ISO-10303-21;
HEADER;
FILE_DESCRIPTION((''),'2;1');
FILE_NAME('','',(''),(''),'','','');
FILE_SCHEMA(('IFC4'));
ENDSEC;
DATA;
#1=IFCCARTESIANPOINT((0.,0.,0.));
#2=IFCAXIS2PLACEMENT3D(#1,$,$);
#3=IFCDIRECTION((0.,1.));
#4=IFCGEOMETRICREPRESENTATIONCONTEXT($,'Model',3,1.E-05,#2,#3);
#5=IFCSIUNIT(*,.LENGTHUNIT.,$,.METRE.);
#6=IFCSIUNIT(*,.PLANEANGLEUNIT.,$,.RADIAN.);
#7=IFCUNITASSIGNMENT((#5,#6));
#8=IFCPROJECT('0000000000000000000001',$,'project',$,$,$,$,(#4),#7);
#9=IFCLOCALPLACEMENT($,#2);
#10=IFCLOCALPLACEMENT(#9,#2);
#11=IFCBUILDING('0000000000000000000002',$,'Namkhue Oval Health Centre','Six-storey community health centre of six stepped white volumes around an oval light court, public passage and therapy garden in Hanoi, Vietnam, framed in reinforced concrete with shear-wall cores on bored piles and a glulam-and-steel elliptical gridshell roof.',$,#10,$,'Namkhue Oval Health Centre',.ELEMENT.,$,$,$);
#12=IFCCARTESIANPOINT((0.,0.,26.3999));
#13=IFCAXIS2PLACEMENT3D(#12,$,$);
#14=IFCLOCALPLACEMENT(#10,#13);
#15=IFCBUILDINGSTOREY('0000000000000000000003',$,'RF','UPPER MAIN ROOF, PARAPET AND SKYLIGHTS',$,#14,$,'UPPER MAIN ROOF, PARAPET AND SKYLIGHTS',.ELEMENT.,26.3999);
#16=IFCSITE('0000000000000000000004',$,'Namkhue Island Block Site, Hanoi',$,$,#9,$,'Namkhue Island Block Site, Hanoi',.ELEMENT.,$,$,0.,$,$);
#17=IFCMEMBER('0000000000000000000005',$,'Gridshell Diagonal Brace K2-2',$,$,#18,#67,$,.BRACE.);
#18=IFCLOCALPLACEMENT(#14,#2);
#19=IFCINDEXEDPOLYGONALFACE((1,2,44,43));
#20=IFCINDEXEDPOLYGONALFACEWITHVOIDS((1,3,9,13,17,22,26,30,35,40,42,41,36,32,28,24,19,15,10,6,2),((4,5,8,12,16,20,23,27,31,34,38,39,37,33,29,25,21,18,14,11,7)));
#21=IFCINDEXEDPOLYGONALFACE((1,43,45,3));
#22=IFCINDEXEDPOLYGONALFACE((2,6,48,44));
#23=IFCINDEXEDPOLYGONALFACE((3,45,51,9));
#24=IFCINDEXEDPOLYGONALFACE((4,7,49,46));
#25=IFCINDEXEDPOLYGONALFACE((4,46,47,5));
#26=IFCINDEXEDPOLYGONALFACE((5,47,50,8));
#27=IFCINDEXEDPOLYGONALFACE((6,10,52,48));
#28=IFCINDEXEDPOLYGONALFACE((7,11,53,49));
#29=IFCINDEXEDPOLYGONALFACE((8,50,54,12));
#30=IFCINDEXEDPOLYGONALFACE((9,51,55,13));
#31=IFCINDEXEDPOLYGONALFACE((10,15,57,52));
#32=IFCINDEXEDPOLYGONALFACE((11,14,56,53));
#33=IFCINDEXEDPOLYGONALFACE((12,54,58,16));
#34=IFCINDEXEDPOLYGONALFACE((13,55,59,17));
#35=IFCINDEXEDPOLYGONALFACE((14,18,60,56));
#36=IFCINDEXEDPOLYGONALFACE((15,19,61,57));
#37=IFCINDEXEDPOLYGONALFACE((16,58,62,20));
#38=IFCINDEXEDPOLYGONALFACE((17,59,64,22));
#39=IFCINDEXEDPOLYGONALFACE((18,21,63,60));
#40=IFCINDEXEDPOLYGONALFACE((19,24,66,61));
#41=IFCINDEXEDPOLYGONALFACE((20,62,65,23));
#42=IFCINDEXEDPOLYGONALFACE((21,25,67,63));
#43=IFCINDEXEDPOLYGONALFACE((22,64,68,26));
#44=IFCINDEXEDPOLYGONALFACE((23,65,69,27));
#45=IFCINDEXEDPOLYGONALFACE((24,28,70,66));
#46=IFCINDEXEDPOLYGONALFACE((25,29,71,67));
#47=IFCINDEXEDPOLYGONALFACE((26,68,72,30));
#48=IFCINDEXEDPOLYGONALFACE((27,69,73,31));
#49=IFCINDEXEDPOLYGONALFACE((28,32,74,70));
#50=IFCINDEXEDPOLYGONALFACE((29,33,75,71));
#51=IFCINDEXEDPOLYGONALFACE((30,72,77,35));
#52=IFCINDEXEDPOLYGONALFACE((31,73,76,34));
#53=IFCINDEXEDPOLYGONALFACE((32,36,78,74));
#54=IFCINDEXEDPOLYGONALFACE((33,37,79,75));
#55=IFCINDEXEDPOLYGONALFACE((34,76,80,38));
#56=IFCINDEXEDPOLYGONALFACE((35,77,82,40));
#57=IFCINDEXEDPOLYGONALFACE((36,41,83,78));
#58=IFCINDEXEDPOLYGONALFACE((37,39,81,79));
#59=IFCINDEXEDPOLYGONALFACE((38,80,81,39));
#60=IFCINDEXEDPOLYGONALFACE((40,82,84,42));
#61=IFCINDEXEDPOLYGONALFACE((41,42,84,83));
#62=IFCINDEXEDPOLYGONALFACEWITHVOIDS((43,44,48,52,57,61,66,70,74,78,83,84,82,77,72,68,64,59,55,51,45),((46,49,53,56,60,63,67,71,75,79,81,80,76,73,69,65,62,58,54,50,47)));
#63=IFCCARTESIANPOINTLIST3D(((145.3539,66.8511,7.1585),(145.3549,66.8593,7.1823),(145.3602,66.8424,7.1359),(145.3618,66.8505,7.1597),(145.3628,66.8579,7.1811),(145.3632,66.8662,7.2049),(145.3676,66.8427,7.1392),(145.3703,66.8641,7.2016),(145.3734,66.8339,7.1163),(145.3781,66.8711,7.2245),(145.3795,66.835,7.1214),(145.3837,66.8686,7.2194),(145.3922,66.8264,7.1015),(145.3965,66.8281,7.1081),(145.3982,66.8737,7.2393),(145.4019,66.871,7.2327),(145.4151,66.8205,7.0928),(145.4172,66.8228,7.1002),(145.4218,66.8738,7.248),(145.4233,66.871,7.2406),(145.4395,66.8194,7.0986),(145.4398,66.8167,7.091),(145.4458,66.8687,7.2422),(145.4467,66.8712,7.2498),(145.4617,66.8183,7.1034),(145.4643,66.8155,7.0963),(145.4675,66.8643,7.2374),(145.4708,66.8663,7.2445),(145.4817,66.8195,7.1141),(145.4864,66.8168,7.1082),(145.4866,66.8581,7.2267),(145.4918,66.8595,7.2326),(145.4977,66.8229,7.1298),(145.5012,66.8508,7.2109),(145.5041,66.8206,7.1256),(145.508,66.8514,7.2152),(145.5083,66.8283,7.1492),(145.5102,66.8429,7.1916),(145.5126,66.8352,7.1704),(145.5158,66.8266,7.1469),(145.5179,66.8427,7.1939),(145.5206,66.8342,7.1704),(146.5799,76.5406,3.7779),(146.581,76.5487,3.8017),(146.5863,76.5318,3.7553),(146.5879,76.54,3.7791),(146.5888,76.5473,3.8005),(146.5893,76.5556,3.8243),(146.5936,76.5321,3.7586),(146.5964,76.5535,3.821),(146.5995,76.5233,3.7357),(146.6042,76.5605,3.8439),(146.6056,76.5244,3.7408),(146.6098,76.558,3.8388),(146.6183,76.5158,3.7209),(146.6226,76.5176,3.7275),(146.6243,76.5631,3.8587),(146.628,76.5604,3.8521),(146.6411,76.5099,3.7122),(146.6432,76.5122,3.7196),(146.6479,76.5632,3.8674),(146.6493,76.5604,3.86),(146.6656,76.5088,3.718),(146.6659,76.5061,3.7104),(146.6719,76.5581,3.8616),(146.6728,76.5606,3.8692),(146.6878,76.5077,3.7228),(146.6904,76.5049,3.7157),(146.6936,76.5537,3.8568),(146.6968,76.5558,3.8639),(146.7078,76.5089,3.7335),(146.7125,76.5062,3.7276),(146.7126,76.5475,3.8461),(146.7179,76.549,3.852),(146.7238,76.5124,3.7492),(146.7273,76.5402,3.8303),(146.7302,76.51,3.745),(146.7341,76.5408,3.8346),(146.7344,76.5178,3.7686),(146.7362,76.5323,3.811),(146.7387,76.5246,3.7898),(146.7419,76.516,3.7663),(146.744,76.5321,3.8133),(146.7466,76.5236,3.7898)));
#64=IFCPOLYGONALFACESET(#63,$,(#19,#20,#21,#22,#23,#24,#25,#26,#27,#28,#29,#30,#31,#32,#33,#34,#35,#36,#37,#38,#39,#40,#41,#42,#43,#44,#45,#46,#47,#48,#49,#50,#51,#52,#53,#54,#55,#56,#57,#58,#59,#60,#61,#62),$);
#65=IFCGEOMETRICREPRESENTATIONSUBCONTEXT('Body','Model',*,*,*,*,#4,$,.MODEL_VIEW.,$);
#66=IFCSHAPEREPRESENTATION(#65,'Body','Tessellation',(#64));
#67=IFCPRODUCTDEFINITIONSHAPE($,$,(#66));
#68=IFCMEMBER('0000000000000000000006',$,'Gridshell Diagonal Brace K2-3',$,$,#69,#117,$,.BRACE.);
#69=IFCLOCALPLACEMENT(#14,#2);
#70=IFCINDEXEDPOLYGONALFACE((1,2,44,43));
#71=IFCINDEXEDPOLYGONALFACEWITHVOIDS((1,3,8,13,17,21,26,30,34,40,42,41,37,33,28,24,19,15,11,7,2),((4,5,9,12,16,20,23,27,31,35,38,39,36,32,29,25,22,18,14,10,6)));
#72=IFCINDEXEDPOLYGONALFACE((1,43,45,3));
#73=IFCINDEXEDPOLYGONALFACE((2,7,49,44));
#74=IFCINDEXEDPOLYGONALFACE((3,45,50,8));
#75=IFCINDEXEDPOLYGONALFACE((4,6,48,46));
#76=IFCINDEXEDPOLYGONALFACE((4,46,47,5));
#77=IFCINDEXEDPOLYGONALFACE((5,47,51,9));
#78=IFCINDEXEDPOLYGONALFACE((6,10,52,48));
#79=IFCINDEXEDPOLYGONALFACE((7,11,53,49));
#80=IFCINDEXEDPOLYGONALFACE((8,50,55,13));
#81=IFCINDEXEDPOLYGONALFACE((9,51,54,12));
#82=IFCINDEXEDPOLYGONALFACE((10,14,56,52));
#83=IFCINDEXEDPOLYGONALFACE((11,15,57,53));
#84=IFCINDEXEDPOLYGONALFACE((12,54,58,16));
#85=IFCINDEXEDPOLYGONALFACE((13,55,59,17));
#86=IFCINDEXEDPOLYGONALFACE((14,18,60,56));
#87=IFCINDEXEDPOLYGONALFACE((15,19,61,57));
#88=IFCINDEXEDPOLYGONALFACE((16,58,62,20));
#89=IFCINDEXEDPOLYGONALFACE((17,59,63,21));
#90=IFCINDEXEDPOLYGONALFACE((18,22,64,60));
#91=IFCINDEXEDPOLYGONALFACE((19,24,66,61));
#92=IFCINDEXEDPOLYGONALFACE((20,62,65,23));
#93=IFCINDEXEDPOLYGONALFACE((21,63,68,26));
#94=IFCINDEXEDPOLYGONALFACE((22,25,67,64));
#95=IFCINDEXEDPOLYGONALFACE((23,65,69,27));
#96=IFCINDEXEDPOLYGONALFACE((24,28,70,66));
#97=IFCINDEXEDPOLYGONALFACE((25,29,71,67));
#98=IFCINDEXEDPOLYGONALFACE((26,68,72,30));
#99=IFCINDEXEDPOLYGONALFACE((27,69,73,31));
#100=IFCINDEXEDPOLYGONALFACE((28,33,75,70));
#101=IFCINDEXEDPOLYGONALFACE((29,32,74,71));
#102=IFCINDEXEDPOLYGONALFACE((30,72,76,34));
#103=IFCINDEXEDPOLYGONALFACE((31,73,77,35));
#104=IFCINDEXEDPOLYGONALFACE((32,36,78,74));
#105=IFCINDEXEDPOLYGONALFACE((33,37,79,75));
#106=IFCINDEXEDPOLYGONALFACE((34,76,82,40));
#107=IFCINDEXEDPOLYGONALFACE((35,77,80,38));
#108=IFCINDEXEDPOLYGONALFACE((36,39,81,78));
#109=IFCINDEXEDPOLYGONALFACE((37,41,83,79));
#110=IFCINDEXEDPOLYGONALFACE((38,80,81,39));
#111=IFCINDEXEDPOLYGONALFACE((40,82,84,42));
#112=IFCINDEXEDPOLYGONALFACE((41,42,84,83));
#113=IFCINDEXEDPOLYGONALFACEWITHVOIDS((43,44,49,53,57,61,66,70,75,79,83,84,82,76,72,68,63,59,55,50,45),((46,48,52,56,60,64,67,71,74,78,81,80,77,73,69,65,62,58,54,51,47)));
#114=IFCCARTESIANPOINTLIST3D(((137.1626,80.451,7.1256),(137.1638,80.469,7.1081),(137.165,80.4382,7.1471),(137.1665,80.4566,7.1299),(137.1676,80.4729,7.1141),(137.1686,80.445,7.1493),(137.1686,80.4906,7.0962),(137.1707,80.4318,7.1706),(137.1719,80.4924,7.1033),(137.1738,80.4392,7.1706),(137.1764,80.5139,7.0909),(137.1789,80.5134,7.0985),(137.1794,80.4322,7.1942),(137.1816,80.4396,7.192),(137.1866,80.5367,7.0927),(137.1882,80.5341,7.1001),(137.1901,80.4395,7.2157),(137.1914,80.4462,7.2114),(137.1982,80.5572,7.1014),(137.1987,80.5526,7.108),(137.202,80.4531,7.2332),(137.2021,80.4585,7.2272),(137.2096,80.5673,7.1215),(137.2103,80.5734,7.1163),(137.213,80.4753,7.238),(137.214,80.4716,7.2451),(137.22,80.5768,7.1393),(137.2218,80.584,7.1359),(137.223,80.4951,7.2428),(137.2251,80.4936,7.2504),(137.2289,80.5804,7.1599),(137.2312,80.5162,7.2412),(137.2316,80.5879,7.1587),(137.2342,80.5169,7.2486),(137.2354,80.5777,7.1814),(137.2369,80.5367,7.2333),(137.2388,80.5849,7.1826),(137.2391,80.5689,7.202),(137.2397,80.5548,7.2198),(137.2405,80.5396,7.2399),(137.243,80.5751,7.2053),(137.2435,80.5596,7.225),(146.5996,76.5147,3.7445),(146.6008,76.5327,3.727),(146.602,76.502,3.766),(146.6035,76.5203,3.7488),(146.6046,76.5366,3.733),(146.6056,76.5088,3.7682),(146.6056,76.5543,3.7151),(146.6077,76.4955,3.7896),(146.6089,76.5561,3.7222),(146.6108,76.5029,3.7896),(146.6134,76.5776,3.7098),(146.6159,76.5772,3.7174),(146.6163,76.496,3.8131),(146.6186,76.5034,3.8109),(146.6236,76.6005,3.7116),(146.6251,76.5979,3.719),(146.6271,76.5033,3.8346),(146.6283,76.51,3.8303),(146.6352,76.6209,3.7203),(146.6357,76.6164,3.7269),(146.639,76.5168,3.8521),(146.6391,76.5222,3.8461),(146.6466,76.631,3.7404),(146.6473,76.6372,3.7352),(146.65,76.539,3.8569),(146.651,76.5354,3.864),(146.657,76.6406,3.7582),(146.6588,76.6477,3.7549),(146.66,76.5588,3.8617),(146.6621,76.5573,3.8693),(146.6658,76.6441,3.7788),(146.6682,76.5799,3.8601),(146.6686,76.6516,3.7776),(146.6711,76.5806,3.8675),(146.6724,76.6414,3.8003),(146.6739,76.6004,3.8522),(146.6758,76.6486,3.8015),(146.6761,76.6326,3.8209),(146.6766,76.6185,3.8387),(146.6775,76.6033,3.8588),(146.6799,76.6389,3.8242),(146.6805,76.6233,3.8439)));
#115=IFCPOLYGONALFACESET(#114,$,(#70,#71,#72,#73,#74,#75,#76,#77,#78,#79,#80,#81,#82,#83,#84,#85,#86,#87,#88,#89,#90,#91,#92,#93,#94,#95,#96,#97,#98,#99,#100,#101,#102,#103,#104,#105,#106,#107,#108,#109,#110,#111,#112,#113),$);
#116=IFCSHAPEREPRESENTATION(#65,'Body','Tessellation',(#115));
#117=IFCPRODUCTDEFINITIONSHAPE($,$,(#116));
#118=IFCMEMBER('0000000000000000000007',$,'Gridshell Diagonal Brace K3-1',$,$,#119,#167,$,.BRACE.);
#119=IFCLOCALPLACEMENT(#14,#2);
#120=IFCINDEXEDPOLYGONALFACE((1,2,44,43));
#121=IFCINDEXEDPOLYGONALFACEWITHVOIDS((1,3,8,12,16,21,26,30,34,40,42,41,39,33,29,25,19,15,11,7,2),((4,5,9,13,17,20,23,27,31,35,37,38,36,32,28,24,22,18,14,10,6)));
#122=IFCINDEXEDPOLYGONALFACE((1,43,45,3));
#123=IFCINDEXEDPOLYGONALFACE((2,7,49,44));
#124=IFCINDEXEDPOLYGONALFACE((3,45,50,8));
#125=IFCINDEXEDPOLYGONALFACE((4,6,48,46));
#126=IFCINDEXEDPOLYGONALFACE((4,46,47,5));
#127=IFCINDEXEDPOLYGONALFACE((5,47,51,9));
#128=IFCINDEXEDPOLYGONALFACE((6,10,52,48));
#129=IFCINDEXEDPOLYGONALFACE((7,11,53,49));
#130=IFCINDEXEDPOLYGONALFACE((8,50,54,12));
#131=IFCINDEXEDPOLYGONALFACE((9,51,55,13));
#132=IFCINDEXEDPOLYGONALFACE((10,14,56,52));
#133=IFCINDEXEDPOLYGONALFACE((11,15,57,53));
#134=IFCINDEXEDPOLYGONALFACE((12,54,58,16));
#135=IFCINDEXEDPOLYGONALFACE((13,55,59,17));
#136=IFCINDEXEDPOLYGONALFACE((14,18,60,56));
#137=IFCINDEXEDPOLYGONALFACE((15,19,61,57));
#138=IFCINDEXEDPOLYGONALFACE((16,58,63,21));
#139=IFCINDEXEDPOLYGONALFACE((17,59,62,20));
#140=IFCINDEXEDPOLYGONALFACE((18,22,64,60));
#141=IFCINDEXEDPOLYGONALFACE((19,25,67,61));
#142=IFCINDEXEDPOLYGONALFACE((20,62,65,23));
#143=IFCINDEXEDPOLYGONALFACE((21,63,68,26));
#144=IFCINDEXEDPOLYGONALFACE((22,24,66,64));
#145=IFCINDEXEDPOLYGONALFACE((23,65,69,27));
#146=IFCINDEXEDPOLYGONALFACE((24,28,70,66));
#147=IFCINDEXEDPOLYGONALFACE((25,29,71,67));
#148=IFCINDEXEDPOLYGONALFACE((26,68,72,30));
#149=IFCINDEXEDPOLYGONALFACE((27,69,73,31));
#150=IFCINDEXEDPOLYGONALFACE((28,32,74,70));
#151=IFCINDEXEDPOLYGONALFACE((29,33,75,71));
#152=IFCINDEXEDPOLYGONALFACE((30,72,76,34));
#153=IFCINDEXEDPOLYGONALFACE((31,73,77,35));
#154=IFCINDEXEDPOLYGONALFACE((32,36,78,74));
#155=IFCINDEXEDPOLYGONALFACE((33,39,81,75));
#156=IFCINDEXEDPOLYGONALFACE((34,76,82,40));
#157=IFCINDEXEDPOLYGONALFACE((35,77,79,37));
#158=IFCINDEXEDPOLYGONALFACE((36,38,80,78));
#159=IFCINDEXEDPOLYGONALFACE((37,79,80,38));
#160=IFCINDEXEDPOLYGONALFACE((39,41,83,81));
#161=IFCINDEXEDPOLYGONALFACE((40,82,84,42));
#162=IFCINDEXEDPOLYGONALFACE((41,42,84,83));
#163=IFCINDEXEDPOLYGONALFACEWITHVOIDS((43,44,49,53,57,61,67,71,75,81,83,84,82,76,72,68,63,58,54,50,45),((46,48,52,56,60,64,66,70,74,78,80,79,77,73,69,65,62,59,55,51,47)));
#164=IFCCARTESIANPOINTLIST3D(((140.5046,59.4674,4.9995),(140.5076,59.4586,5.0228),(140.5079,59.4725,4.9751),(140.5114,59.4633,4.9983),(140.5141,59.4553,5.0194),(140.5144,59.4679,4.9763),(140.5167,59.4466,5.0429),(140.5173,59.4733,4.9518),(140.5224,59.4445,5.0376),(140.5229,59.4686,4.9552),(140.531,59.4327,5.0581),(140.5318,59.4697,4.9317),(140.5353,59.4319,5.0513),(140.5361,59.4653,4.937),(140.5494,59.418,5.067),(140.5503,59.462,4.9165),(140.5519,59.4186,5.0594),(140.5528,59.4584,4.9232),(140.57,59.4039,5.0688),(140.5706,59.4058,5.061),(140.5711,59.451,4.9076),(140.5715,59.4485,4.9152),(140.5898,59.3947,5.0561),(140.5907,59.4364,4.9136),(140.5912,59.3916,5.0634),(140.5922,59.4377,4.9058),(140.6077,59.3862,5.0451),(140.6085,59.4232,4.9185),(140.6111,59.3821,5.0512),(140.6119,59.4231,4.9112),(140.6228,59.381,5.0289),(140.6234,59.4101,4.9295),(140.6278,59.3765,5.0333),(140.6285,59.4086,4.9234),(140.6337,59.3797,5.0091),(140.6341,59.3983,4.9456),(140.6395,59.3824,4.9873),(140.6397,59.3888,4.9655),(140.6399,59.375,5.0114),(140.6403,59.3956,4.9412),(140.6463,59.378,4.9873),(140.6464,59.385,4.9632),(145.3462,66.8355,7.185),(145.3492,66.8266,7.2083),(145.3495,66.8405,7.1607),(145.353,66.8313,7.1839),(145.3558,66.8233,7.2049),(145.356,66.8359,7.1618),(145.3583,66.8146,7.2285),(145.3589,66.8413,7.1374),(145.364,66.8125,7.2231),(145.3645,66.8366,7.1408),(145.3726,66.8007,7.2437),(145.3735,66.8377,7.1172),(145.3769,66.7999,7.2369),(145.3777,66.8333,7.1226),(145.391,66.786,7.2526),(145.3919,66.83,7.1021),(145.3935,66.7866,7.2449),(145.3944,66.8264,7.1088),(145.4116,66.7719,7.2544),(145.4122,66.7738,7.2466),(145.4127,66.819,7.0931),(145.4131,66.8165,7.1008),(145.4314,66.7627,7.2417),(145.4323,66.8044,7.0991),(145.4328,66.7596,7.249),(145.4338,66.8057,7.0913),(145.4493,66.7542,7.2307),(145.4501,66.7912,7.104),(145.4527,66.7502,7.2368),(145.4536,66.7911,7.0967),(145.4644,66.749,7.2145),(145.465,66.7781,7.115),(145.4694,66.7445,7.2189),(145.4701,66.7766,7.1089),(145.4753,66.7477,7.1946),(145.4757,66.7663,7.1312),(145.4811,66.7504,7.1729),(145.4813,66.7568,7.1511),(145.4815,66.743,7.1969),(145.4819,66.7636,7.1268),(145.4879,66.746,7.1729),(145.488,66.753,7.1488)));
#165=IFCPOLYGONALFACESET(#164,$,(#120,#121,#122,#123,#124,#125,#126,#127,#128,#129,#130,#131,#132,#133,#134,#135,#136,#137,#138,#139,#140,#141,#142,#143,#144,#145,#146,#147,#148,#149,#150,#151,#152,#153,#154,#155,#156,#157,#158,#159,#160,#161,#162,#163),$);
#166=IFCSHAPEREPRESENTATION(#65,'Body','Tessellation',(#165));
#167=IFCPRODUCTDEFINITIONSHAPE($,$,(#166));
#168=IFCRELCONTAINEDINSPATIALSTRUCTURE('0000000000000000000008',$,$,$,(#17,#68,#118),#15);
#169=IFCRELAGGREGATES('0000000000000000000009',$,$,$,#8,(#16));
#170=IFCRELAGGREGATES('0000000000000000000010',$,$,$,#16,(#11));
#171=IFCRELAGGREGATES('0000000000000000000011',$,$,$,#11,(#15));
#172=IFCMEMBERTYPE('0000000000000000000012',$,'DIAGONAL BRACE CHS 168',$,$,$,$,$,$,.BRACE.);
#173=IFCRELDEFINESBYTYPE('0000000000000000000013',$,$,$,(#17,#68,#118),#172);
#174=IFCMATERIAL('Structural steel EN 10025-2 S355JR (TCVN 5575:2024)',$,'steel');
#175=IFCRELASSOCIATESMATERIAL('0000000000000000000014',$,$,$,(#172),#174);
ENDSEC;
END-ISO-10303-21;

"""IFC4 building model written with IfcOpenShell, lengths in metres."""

from ifc_helpers import new_model, si_unit, direction, frame, origin, origin_2d, place, context, subcontext, project, spatial, hollow_circle, extrude, material, material_profile, profile_set, type_object, element, save


model = new_model("IFC4")

# Units and contexts
model_context = context("Model", 3, precision=1e-05, world=origin(), true_north=direction((0.0, 1.0)))
body_context = subcontext(model_context, "Body", "Model", "MODEL_VIEW")
ifc_project = project(units=[si_unit("LENGTHUNIT", "METRE"), si_unit("PLANEANGLEUNIT", "RADIAN")], contexts=[model_context])

# Site, building, storey
site_placement = place(None, origin())
site = spatial("IfcSite", under=ifc_project, at=site_placement, Name="Namkhue Island Block Site, Hanoi", LongName="Namkhue Island Block Site, Hanoi", CompositionType="ELEMENT", RefElevation=0.0)
building_placement = place(site_placement, origin())
building = spatial("IfcBuilding", under=site, at=building_placement, Name="Namkhue Oval Health Centre", Description="Six-storey community health centre of six stepped white volumes around an oval light court, public passage and therapy garden in Hanoi, Vietnam, framed in reinforced concrete with shear-wall cores on bored piles and a glulam-and-steel elliptical gridshell roof.", LongName="Namkhue Oval Health Centre", CompositionType="ELEMENT")
storey_placement = place(building_placement, frame((0.0, 0.0, 26.3999)))
storey = spatial("IfcBuildingStorey", under=building, at=storey_placement, Name="RF", Description="UPPER MAIN ROOF, PARAPET AND SKYLIGHTS", LongName="UPPER MAIN ROOF, PARAPET AND SKYLIGHTS", CompositionType="ELEMENT", Elevation=26.3999)

# Members
ifc_material_1 = material(Name="Structural steel EN 10025-2 S355JR (TCVN 5575:2024)", Category="steel")
ifc_material_profile_1 = material_profile(ifc_material_1, hollow_circle(Radius=0.0842, WallThickness=0.0081, at=origin_2d()), Name="CHS 168.3x8")
ifc_profile_set_1 = profile_set([ifc_material_profile_1], Name="Structural steel EN 10025-2 S355JR (TCVN 5575:2024)")
member_type_1 = type_object("IfcMemberType", Name="DIAGONAL BRACE CHS 168", PredefinedType="BRACE", material=ifc_profile_set_1)
member_1_placement = place(storey_placement, frame((146.6631, 76.5342, 3.7898), z_axis=(-0.11863, -0.937515, 0.327096), x_axis=(0.992089, -0.125536, 0.0)))
element("IfcMember", 1, at=member_1_placement, inside=storey, type_object=member_type_1, Name="Gridshell Diagonal Brace K2-2", PredefinedType="BRACE", context=body_context, shape_type="SweptSolid", body=[
    extrude(hollow_circle(Radius=0.0842, WallThickness=0.0081, at=origin_2d()), origin(), (0.0, 0.0, 1.0), 10.3352),
])
member_2_placement = place(storey_placement, frame((146.6401, 76.5732, 3.7896), z_axis=(-0.876267, 0.365501, 0.31395), x_axis=(-0.384965, -0.922931, 0.0)))
element("IfcMember", 2, at=member_2_placement, inside=storey, type_object=member_type_1, Name="Gridshell Diagonal Brace K2-3", PredefinedType="BRACE", context=body_context, shape_type="SweptSolid", body=[
    extrude(hollow_circle(Radius=0.0842, WallThickness=0.0081, at=origin_2d()), origin(), (0.0, 0.0, 1.0), 10.7695),
])
member_3_placement = place(storey_placement, frame((145.4175, 66.7922, 7.1729), z_axis=(-0.533026, -0.811164, -0.240616), x_axis=(0.835717, -0.54916, 0.0)))
element("IfcMember", 3, at=member_3_placement, inside=storey, type_object=member_type_1, Name="Gridshell Diagonal Brace K3-1", PredefinedType="BRACE", context=body_context, shape_type="SweptSolid", body=[
    extrude(hollow_circle(Radius=0.0842, WallThickness=0.0081, at=origin_2d()), origin(), (0.0, 0.0, 1.0), 9.0833),
])

save(model, "model.ifc")
